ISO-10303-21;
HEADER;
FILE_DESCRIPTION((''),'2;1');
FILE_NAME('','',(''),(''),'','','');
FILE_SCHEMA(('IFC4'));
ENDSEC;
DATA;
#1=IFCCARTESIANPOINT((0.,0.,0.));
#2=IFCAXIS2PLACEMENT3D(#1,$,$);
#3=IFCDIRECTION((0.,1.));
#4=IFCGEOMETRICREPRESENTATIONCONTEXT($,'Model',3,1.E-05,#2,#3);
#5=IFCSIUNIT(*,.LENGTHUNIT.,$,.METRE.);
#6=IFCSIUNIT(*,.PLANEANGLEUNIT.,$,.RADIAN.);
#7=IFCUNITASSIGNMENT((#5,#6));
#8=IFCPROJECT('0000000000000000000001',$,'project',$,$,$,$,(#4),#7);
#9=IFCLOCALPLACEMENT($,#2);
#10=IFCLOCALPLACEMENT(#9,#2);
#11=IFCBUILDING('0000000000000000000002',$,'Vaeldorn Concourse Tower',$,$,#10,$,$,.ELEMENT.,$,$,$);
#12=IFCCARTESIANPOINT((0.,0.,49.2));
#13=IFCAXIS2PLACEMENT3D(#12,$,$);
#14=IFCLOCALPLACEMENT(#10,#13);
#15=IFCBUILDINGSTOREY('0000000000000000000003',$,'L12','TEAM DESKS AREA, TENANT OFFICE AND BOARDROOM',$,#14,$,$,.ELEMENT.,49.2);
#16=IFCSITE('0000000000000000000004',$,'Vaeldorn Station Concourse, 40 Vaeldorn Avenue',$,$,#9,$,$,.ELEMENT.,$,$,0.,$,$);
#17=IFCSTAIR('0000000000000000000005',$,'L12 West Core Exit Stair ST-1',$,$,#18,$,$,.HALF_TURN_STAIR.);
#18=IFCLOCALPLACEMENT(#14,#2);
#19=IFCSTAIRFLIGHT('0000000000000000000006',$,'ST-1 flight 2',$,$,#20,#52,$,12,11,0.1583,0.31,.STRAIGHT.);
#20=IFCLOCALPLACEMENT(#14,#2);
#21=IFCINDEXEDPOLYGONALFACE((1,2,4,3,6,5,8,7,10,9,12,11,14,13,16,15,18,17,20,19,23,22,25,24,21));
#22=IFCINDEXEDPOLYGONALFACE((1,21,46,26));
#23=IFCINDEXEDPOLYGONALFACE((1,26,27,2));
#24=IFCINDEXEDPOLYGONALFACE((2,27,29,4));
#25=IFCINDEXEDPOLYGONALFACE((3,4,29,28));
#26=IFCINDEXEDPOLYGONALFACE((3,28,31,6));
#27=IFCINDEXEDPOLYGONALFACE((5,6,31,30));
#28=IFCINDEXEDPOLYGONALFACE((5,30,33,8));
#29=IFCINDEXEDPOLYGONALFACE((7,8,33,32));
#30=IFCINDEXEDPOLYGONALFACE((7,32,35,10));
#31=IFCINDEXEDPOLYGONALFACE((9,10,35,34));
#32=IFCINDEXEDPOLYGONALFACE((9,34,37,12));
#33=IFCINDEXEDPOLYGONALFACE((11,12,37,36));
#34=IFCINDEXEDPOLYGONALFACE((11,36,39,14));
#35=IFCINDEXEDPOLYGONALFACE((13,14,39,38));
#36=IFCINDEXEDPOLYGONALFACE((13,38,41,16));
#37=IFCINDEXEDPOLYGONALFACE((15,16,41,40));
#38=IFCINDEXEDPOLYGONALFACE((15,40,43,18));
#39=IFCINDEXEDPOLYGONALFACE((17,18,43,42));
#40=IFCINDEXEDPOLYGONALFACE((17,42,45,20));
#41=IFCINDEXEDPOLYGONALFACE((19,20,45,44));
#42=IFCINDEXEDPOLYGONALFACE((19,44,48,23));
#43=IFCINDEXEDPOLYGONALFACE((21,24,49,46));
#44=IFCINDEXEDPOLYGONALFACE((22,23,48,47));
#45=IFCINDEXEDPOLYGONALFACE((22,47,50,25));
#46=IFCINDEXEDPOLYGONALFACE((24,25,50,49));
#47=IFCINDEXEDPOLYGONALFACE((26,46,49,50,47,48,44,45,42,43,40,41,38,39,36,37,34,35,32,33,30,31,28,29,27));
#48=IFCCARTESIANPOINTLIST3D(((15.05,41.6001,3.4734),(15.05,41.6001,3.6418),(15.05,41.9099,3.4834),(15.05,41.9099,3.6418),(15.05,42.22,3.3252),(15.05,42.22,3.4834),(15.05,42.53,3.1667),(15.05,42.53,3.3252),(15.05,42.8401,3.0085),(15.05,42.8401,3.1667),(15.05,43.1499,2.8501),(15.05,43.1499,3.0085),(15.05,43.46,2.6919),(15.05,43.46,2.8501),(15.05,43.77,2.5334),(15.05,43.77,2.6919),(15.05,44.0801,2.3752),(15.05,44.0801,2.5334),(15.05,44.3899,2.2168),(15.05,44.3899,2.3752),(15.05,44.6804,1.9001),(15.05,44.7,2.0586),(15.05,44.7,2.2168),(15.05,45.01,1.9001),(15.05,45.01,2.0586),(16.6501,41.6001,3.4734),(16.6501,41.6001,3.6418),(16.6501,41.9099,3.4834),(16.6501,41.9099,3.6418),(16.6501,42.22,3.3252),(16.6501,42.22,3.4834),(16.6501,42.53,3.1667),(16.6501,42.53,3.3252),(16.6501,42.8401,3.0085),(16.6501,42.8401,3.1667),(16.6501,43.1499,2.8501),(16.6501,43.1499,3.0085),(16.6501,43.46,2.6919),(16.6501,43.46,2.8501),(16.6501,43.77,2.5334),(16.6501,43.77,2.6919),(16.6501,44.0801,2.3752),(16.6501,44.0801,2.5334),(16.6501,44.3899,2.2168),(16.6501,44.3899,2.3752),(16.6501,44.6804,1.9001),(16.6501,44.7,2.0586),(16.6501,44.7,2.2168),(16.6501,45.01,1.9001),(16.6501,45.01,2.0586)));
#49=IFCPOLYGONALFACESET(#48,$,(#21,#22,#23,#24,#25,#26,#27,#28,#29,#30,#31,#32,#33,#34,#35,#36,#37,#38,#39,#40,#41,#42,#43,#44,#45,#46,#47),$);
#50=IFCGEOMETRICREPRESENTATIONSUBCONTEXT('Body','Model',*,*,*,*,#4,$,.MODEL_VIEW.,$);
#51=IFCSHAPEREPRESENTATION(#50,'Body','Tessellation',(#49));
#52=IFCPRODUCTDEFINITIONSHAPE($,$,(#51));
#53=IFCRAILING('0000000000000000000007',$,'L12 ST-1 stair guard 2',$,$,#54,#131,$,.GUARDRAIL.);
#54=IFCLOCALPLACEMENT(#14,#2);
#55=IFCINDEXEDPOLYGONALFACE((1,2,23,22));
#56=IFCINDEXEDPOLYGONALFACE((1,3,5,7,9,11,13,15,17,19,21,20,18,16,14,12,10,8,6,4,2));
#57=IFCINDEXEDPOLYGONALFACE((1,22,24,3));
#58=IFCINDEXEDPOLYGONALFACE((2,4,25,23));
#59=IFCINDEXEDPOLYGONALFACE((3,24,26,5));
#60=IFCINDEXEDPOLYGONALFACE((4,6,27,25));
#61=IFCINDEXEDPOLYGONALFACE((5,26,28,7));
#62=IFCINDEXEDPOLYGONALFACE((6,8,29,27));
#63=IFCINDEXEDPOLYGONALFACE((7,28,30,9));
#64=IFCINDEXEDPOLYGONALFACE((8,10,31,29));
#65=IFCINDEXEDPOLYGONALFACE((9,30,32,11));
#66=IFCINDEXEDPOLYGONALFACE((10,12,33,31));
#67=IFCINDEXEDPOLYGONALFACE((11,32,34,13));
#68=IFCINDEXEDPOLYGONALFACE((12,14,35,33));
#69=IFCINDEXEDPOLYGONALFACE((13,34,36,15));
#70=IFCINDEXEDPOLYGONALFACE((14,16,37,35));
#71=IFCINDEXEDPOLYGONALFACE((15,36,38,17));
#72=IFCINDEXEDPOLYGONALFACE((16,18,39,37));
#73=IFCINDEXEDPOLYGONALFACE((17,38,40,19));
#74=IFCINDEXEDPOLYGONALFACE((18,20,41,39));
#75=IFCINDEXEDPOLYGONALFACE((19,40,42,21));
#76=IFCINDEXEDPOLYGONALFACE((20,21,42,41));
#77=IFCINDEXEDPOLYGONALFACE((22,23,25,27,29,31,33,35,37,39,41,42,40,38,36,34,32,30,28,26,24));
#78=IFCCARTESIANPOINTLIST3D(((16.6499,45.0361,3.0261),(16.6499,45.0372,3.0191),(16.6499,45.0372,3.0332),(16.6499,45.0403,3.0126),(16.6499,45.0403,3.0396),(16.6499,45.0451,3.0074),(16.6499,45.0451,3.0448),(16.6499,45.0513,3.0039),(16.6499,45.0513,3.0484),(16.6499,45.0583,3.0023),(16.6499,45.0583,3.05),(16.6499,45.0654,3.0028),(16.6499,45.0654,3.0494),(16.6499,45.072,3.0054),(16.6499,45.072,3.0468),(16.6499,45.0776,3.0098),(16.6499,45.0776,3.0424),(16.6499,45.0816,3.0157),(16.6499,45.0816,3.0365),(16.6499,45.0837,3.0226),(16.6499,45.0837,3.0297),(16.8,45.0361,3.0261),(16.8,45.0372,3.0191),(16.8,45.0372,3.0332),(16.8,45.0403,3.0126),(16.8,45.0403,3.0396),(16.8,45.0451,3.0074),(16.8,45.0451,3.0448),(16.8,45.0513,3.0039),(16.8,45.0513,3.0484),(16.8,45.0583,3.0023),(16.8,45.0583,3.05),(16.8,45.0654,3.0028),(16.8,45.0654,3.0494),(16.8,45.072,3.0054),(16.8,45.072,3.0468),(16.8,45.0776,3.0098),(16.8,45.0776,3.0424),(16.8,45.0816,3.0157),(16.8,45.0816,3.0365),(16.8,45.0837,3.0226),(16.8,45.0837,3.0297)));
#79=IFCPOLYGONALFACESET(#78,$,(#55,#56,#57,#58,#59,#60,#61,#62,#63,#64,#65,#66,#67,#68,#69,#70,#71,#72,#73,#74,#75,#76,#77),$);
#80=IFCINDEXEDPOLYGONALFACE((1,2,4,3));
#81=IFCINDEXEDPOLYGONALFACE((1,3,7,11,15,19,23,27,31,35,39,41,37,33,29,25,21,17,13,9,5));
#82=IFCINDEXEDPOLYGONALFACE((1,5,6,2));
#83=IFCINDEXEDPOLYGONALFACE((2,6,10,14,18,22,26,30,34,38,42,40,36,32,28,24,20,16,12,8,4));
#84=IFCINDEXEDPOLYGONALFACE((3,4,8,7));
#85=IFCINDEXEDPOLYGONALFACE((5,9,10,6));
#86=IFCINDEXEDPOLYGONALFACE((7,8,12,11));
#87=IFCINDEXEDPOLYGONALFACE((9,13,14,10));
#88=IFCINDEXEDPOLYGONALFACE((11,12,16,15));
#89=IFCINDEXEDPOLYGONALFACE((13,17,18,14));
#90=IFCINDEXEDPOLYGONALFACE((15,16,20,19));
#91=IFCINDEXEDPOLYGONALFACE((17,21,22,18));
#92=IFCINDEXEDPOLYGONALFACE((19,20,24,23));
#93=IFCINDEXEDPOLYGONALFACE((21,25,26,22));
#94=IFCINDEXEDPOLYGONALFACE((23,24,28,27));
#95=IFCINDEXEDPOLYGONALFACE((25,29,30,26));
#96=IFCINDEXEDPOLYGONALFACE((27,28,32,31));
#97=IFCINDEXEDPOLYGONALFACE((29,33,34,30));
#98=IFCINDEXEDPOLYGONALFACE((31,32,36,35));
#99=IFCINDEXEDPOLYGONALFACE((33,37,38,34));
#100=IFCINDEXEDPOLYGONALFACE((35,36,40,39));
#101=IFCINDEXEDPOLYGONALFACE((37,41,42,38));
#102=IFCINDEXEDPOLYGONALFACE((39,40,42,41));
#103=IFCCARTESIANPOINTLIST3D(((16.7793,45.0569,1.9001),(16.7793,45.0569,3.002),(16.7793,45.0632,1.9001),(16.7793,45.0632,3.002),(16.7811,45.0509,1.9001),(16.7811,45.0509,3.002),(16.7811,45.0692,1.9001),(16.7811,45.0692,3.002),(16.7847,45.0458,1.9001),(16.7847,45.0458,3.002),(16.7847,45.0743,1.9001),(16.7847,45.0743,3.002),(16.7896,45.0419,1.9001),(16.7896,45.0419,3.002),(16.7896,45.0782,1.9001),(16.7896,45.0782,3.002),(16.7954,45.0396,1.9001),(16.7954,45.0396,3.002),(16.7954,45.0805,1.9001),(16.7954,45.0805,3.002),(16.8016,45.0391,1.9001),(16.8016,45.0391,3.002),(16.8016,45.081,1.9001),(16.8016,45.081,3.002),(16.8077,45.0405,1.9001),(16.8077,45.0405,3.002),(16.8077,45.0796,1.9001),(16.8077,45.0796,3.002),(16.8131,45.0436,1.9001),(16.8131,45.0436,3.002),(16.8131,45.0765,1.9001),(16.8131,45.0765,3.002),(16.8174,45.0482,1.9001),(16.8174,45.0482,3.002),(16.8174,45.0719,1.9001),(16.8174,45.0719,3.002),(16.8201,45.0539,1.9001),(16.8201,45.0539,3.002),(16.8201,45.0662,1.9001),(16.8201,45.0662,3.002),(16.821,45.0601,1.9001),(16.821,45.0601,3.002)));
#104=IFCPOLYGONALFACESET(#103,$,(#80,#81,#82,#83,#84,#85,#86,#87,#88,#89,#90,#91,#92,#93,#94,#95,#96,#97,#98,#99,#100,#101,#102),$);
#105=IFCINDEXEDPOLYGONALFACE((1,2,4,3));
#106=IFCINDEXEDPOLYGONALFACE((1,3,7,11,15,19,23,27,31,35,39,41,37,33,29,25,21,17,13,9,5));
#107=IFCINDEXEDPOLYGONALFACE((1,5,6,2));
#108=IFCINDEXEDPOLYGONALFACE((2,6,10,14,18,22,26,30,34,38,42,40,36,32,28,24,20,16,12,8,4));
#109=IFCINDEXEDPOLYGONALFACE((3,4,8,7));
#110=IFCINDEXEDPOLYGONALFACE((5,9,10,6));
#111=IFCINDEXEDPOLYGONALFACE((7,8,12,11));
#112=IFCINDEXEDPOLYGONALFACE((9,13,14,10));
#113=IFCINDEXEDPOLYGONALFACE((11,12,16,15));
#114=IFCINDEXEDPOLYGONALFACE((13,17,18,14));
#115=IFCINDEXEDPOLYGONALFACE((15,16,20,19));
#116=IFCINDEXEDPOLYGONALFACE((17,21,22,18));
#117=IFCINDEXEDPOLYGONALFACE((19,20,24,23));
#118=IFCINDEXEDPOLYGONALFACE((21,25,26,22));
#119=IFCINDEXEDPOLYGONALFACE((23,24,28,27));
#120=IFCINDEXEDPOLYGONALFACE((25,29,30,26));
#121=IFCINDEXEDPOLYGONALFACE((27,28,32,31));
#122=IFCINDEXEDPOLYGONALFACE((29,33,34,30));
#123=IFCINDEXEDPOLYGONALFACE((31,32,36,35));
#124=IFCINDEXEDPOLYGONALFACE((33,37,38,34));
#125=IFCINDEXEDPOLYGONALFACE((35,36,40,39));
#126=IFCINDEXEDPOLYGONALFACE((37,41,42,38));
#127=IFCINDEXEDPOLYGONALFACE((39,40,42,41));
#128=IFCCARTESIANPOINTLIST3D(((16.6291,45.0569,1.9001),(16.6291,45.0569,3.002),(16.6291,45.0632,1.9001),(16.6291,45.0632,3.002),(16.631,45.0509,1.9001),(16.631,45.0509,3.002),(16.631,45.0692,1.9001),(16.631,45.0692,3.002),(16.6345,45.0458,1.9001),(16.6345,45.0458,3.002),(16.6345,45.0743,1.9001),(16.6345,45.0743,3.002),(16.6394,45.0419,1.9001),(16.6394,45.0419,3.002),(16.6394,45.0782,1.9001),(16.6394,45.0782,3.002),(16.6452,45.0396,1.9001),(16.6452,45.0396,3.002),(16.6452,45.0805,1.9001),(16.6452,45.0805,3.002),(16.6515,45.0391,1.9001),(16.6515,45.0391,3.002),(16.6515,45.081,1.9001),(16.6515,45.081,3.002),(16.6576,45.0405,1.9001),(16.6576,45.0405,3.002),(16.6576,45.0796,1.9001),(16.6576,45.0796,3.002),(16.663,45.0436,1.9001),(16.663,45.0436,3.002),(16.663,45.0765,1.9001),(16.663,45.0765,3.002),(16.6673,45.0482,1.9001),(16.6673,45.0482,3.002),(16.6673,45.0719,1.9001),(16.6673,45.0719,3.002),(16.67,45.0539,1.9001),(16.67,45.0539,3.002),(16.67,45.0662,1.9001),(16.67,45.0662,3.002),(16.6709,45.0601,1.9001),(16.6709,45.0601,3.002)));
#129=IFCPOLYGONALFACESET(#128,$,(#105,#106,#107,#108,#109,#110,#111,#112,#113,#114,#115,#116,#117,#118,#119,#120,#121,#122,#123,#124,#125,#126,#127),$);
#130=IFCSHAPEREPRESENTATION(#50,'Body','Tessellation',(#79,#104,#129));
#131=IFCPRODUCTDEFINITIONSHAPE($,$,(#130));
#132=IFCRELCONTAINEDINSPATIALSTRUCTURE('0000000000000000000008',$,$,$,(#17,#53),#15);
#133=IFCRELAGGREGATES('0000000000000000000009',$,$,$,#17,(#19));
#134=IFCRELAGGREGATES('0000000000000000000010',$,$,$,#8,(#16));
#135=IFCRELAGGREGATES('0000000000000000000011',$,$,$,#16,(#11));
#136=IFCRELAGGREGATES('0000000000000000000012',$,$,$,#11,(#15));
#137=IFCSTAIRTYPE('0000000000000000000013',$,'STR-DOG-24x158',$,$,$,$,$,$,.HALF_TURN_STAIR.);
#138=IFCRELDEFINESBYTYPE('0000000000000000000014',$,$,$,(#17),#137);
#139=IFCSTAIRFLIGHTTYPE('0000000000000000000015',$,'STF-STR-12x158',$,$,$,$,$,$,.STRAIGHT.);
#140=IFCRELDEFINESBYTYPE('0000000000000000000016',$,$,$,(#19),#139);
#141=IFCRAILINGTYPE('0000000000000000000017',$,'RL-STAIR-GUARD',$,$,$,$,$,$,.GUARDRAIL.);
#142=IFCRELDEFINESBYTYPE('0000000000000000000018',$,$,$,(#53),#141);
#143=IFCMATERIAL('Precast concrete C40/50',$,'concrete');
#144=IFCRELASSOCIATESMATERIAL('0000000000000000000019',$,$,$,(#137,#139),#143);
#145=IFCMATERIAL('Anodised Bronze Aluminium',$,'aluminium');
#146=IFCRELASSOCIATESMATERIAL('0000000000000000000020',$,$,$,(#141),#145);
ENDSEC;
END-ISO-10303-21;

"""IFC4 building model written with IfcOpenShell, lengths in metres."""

from ifc_helpers import new_model, si_unit, direction, frame, origin, origin_2d, place, context, subcontext, project, spatial, polyline, circle, outline, extrude, material, type_object, element, aggregate, save


model = new_model("IFC4")

# Units and contexts
model_context = context("Model", 3, precision=1e-05, world=origin(), true_north=direction((0.0, 1.0)))
body_context = subcontext(model_context, "Body", "Model", "MODEL_VIEW")
ifc_project = project(units=[si_unit("LENGTHUNIT", "METRE"), si_unit("PLANEANGLEUNIT", "RADIAN")], contexts=[model_context])

# Site, building, storey
site_placement = place(None, origin())
site = spatial("IfcSite", under=ifc_project, at=site_placement, Name="Vaeldorn Station Concourse, 40 Vaeldorn Avenue", CompositionType="ELEMENT", RefElevation=0.0)
building_placement = place(site_placement, origin())
building = spatial("IfcBuilding", under=site, at=building_placement, Name="Vaeldorn Concourse Tower", CompositionType="ELEMENT")
storey_placement = place(building_placement, frame((0.0, 0.0, 49.2)))
storey = spatial("IfcBuildingStorey", under=building, at=storey_placement, Name="L12", Description="TEAM DESKS AREA, TENANT OFFICE AND BOARDROOM", CompositionType="ELEMENT", Elevation=49.2)

# Shared definitions
ifc_material_1 = material(Name="Anodised Bronze Aluminium", Category="aluminium")

# Stair, stair flight
ifc_material_2 = material(Name="Precast concrete C40/50", Category="concrete")
stair_type = type_object("IfcStairType", Name="STR-DOG-24x158", PredefinedType="HALF_TURN_STAIR", material=ifc_material_2)
stair_placement = place(storey_placement, origin())
stair = element("IfcStair", 1, at=stair_placement, inside=storey, type_object=stair_type, Name="L12 West Core Exit Stair ST-1", PredefinedType="HALF_TURN_STAIR")
stair_flight_type = type_object("IfcStairFlightType", Name="STF-STR-12x158", PredefinedType="STRAIGHT", material=ifc_material_2)
stair_flight_placement = place(storey_placement, frame((15.8501, 45.01, 1.9001), z_axis=(0.0, 0.0, 1.0), x_axis=(0.0, -1.0, 0.0)))
stair_flight = element("IfcStairFlight", 2, at=stair_flight_placement, type_object=stair_flight_type, Name="ST-1 flight 2", NumberOfRisers=12, NumberOfTreads=11, PredefinedType="STRAIGHT", RiserHeight=0.1583, TreadLength=0.31, context=body_context, shape_type="SweptSolid", body=[
    extrude(outline(polyline([(0.0, 0.0), (0.0, 0.1584), (0.3101, 0.1584), (0.3101, 0.3167), (0.6201, 0.3167), (0.6201, 0.4751), (0.9299, 0.4751), (0.9299, 0.6333), (1.24, 0.6333), (1.24, 0.7917), (1.55, 0.7917), (1.55, 0.95), (1.8601, 0.95), (1.8601, 1.1084), (2.1699, 1.1084), (2.1699, 1.2666), (2.48, 1.2666), (2.48, 1.425), (2.79, 1.425), (2.79, 1.5833), (3.1001, 1.5833), (3.1001, 1.7417), (3.4099, 1.7417), (3.4099, 1.8999), (3.4099, 1.5732), (0.3296, 0.0), (0.0, 0.0)])), frame((0.0, 0.8, 0.0), z_axis=(0.0, -1.0, 0.0), x_axis=(1.0, 0.0, 0.0)), (0.0, 0.0, 1.0), 1.6001),
])
aggregate(stair, [stair_flight])

# Railing
railing_type_1 = type_object("IfcRailingType", Name="RL-STAIR-GUARD", PredefinedType="GUARDRAIL", material=ifc_material_1)
railing_1_placement = place(storey_placement, frame((16.8, 45.0601, 1.9001)))
element("IfcRailing", 3, at=railing_1_placement, inside=storey, type_object=railing_type_1, Name="L12 ST-1 stair guard 2", PredefinedType="GUARDRAIL", context=body_context, shape_type="SweptSolid", body=[
    extrude(circle(Radius=0.0239, at=origin_2d()), frame((0.0, 0.0, 1.126), z_axis=(-1.0, 0.0, 0.0), x_axis=(0.0, -1.0, 0.0)), (0.0, 0.0, 1.0), 0.1501),
    extrude(circle(Radius=0.021, at=origin_2d()), origin(), (0.0, 0.0, 1.0), 1.1018),
    extrude(circle(Radius=0.021, at=origin_2d()), frame((-0.1501, 0.0, 0.0)), (0.0, 0.0, 1.0), 1.1018),
])

save(model, "model.ifc")
